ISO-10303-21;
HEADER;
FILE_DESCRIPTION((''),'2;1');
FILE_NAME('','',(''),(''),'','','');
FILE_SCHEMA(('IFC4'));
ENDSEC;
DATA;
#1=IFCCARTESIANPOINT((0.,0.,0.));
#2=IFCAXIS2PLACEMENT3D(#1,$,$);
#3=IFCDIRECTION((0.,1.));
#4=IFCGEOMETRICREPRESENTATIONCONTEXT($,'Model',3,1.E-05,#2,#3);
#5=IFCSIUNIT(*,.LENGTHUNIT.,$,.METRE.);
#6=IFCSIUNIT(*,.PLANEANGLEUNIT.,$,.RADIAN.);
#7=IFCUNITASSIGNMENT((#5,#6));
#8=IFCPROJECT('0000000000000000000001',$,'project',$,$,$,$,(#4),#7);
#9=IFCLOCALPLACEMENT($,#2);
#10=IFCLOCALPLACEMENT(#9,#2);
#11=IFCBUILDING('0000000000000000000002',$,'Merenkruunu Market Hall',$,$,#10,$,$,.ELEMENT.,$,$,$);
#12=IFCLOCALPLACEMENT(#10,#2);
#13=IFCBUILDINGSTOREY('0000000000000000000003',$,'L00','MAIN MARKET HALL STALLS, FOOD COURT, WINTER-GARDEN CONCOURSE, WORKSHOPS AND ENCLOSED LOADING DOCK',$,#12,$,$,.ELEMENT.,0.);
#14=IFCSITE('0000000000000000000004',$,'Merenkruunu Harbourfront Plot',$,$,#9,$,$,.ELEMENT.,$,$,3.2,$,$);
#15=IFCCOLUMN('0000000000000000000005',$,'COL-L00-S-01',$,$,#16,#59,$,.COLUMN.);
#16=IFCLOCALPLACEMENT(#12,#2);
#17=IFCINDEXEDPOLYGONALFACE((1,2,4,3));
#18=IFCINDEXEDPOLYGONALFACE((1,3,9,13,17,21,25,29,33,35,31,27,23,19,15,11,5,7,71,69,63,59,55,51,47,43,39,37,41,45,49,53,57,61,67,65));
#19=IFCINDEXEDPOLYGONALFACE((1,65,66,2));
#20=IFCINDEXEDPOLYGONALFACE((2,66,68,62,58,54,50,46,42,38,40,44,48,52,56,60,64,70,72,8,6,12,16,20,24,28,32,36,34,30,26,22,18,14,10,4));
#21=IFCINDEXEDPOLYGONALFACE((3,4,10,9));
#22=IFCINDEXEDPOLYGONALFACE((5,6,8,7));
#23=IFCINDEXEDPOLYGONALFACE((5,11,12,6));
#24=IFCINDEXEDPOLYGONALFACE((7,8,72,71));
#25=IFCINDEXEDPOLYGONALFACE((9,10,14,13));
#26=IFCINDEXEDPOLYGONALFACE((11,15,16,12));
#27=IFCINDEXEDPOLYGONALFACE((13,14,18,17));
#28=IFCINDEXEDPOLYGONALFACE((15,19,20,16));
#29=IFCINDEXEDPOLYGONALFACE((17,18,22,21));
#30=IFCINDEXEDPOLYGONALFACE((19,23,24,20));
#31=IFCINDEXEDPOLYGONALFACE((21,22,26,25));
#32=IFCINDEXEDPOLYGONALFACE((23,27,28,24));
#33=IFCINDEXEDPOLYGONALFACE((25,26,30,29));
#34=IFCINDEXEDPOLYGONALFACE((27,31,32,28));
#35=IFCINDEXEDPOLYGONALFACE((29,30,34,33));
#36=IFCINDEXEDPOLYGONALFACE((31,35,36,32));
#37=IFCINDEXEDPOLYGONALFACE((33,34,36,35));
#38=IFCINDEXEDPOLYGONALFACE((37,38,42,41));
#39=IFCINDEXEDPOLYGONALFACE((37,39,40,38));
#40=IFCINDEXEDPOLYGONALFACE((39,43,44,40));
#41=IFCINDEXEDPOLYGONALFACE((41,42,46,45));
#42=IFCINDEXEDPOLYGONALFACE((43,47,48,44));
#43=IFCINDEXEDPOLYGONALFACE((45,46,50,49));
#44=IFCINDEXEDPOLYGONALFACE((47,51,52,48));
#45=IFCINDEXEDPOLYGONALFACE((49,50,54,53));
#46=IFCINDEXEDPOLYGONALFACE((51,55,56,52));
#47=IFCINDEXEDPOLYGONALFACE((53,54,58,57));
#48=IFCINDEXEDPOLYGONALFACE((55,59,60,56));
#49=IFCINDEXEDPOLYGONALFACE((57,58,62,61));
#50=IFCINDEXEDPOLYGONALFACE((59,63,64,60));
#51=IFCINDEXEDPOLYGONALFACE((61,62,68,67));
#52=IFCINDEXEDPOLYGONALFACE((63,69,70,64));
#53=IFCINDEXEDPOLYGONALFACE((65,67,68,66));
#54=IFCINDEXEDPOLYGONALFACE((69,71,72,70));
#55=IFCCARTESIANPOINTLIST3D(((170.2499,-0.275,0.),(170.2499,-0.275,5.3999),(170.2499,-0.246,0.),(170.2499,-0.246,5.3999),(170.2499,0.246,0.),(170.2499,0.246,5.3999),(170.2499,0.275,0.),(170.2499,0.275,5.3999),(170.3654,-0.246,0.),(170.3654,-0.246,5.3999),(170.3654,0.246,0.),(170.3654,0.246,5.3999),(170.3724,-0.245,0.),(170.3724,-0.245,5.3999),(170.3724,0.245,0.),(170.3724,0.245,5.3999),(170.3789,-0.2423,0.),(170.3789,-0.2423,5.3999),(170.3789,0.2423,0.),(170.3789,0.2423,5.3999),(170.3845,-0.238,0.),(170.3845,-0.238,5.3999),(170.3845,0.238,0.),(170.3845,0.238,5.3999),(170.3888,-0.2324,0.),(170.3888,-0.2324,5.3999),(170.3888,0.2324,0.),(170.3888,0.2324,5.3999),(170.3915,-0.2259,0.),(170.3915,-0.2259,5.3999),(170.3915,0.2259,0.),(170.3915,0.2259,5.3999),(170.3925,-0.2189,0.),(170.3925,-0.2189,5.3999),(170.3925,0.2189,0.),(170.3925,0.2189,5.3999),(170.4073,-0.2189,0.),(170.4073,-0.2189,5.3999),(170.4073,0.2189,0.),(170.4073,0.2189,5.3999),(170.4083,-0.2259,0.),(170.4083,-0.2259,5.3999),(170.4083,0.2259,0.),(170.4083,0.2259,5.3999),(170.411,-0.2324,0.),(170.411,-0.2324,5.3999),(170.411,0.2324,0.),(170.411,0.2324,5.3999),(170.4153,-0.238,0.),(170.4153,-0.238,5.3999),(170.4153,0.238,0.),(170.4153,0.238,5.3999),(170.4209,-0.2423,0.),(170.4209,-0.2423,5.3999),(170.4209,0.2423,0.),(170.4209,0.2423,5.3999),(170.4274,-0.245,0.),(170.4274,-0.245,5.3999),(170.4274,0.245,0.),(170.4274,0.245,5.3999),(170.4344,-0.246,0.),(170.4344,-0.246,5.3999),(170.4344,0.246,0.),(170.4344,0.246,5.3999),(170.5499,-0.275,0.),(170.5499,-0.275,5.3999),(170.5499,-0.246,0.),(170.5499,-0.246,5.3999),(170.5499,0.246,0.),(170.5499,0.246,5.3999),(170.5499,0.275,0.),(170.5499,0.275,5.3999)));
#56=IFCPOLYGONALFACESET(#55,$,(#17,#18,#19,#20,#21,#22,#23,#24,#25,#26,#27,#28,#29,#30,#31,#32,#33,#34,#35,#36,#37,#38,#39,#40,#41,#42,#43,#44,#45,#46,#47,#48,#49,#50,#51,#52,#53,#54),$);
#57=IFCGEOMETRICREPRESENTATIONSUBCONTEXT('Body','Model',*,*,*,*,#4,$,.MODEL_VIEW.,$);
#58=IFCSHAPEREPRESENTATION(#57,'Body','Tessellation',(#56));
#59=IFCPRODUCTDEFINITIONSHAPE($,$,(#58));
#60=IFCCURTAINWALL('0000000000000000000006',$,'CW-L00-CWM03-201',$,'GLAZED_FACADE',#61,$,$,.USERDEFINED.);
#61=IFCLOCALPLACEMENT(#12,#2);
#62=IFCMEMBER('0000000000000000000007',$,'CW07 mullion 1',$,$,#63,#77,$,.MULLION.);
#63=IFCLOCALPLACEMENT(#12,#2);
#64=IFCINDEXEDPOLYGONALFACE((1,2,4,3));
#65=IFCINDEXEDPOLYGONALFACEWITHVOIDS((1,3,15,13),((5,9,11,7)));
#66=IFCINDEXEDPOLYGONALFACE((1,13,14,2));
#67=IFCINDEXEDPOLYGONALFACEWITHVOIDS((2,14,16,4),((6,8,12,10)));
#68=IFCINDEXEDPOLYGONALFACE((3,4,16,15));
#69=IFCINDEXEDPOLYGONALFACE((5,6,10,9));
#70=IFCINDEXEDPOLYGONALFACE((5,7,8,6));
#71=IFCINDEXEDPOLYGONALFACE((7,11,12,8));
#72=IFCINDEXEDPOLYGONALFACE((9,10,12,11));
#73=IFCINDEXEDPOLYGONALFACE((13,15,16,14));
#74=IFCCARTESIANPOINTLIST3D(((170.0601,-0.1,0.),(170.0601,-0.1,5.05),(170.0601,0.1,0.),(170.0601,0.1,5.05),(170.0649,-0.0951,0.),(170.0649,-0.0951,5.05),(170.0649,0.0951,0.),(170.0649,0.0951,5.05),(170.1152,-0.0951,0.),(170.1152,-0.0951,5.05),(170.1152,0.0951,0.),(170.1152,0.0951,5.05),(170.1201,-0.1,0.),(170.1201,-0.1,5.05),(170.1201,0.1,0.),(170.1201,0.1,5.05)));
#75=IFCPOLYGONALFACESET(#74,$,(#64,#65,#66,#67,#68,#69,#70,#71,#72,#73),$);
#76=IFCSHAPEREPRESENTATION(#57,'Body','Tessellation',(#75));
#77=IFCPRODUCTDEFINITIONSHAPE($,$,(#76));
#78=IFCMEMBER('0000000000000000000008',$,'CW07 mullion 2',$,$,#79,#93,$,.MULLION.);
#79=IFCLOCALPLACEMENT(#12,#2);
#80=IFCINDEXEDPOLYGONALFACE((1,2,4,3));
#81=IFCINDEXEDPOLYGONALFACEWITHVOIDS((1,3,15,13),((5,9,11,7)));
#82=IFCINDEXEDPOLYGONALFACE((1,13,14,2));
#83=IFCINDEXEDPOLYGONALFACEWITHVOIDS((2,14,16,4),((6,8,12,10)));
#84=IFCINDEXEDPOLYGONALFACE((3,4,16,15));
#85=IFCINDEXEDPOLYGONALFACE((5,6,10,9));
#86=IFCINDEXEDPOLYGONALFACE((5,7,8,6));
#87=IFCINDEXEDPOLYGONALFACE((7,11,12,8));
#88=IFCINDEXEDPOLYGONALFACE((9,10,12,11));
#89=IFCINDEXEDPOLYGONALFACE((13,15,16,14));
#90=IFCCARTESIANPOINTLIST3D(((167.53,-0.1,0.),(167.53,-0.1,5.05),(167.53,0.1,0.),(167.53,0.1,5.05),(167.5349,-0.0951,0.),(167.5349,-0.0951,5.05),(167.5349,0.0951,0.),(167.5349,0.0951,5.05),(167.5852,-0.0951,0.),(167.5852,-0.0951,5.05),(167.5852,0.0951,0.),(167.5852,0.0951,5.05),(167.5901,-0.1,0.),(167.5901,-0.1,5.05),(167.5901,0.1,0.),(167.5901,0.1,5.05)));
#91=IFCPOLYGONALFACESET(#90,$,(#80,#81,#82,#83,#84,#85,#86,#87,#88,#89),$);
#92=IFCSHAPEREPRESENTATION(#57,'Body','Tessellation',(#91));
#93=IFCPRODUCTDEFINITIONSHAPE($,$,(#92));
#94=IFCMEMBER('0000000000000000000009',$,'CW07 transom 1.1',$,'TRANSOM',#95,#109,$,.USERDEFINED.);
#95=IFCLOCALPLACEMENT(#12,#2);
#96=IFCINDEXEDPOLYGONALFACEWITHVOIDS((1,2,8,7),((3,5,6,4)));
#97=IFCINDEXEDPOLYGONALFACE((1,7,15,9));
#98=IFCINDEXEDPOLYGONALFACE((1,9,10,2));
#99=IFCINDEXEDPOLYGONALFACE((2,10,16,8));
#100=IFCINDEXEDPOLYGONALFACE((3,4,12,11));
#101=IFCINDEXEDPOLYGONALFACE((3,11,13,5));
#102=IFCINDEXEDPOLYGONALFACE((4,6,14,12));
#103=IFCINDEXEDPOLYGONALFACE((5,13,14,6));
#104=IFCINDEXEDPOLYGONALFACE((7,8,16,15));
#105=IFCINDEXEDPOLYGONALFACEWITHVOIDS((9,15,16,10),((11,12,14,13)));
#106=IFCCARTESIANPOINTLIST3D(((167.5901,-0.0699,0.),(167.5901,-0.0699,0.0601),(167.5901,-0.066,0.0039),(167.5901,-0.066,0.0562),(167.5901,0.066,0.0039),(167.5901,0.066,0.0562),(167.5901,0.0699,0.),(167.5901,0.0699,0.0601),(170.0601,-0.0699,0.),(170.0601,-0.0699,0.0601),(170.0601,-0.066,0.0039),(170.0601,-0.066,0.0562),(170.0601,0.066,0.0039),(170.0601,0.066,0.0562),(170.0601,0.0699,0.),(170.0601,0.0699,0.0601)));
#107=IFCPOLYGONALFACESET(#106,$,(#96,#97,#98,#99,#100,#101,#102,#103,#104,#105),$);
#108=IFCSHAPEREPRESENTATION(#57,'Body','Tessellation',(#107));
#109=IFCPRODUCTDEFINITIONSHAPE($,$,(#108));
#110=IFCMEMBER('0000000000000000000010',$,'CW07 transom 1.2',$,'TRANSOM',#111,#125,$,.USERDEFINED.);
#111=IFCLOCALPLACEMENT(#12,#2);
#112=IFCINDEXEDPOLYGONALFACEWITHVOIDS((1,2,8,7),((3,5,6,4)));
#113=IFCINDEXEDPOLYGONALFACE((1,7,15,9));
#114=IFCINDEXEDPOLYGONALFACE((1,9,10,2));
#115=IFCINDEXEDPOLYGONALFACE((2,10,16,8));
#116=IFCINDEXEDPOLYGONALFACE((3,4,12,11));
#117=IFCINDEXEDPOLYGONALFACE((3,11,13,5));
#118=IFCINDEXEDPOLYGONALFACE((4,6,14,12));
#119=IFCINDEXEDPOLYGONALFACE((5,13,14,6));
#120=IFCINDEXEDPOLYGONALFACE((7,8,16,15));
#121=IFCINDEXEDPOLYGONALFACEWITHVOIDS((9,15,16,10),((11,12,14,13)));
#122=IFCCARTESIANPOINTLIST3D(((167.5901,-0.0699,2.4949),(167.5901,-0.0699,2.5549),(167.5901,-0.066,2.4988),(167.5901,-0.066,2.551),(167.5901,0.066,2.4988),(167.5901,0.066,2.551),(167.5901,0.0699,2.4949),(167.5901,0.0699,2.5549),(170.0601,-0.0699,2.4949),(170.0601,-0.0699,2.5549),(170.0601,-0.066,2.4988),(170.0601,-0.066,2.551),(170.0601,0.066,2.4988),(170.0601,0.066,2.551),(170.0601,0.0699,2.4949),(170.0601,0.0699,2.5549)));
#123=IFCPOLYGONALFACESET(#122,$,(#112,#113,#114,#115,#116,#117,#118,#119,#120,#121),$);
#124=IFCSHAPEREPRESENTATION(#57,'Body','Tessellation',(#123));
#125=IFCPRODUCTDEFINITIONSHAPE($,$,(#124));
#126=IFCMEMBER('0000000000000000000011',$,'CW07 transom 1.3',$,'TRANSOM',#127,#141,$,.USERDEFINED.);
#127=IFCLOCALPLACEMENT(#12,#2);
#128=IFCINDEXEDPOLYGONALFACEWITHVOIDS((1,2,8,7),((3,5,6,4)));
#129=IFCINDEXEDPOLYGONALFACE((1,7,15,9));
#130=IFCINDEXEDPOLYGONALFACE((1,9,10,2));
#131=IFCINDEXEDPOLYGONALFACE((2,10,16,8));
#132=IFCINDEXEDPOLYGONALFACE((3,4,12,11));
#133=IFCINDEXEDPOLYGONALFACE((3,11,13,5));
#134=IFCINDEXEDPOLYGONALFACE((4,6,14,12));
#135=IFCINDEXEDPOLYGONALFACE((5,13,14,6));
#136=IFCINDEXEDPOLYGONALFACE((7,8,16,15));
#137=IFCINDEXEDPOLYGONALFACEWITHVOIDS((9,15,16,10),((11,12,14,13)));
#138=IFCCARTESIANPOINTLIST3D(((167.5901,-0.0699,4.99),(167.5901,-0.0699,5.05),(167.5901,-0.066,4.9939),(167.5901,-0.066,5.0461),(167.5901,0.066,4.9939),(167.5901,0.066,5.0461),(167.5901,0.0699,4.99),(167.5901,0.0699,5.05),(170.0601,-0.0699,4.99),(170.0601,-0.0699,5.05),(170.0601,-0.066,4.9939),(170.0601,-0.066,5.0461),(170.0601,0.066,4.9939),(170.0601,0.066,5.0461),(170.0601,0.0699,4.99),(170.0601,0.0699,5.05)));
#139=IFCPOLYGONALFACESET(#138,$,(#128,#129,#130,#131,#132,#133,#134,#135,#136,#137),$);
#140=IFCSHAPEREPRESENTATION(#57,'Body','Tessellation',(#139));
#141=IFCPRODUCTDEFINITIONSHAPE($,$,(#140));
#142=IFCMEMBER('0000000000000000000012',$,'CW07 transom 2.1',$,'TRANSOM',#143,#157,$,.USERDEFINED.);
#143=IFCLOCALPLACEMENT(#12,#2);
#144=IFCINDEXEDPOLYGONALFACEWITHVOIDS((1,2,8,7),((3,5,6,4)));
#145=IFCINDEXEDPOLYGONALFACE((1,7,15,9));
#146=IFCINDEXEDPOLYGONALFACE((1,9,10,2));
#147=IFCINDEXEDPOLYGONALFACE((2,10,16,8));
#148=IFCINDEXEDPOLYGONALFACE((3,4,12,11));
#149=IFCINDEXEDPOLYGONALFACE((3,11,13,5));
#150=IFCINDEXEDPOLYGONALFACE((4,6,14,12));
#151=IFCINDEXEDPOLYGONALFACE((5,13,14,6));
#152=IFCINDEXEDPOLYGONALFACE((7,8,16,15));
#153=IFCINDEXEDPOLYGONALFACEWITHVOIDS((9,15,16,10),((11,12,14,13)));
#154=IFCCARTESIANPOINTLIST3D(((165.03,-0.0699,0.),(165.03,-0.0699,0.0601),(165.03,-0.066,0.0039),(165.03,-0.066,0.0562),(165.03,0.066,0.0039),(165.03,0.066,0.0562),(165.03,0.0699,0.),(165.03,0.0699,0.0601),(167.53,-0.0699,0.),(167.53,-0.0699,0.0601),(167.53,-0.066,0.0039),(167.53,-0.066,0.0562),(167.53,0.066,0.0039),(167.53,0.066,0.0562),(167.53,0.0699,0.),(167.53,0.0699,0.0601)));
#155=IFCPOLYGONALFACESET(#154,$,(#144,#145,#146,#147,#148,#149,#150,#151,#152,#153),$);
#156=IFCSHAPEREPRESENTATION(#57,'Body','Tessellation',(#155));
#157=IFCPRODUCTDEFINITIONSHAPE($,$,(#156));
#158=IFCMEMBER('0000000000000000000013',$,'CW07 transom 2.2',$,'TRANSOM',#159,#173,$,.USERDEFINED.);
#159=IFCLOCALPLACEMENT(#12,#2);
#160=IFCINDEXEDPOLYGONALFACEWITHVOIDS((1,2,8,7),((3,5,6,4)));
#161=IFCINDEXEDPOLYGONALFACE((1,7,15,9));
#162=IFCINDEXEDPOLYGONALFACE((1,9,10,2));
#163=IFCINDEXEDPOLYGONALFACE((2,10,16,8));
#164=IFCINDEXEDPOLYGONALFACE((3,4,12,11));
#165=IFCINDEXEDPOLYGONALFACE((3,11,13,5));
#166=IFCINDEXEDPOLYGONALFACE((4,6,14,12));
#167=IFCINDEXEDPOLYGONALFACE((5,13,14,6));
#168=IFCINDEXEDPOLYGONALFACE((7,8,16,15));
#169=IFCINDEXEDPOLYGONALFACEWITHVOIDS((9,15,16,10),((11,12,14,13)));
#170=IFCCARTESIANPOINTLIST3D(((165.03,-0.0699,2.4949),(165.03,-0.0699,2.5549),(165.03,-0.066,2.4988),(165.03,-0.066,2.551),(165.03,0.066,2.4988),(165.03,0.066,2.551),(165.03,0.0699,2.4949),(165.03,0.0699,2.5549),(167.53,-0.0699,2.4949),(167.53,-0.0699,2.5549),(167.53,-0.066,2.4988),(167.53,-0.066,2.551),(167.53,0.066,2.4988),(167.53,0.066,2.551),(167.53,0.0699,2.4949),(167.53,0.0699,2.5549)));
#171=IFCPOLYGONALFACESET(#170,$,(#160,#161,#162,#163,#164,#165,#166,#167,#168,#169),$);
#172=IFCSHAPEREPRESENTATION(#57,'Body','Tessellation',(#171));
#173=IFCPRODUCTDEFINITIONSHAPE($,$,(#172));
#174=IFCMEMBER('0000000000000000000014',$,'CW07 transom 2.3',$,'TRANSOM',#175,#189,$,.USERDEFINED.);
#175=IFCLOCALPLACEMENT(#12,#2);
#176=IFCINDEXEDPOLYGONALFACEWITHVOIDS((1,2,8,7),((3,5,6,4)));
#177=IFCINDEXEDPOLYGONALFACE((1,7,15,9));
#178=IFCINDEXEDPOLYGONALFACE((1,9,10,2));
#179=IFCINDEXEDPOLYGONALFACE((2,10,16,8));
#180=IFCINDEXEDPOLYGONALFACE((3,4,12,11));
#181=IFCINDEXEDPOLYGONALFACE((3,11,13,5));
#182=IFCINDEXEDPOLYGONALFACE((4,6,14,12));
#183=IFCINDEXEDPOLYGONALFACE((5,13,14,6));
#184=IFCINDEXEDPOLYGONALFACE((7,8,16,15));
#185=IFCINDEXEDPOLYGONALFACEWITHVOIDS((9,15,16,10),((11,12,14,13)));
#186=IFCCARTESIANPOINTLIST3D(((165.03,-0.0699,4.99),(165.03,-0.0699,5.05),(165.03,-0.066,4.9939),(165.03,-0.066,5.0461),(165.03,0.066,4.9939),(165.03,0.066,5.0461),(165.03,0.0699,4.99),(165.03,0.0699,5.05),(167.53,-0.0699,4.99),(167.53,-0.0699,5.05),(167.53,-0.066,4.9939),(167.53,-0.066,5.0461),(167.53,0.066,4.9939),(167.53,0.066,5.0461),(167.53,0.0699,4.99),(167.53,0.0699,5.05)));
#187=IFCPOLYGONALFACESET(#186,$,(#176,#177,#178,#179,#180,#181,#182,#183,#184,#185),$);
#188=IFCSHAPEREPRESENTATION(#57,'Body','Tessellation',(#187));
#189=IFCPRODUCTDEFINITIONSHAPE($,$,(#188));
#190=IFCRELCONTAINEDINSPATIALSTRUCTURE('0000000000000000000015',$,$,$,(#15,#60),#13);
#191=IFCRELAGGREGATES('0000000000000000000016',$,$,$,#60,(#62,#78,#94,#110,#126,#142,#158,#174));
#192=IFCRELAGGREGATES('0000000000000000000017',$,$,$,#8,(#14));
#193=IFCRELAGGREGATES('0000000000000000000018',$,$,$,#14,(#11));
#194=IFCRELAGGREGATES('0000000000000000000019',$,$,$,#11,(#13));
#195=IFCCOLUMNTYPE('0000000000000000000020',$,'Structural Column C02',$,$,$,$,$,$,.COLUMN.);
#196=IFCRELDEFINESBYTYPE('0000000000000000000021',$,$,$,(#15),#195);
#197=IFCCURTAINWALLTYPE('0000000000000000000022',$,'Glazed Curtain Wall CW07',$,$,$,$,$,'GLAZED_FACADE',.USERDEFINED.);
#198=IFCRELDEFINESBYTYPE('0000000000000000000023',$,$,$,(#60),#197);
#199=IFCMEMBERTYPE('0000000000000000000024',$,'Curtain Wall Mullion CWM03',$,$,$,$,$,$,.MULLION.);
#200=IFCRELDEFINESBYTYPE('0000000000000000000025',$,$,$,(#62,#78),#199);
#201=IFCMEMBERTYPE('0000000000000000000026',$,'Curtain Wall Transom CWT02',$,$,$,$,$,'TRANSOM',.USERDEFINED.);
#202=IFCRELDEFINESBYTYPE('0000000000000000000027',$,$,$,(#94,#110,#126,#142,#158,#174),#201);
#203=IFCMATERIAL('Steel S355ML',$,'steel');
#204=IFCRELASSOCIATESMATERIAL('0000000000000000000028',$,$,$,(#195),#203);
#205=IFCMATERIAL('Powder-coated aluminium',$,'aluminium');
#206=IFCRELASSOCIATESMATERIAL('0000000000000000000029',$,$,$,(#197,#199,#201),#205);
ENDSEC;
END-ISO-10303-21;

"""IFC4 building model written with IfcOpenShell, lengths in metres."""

from ifc_helpers import new_model, si_unit, direction, frame, origin, origin_2d, place, context, subcontext, project, spatial, hollow_rectangle, i_section, extrude, material, material_profile, profile_set, type_object, element, aggregate, save


model = new_model("IFC4")

# Units and contexts
model_context = context("Model", 3, precision=1e-05, world=origin(), true_north=direction((0.0, 1.0)))
body_context = subcontext(model_context, "Body", "Model", "MODEL_VIEW")
ifc_project = project(units=[si_unit("LENGTHUNIT", "METRE"), si_unit("PLANEANGLEUNIT", "RADIAN")], contexts=[model_context])

# Site, building, storey
site_placement = place(None, origin())
site = spatial("IfcSite", under=ifc_project, at=site_placement, Name="Merenkruunu Harbourfront Plot", CompositionType="ELEMENT", RefElevation=3.2)
building_placement = place(site_placement, origin())
building = spatial("IfcBuilding", under=site, at=building_placement, Name="Merenkruunu Market Hall", CompositionType="ELEMENT")
storey_placement = place(building_placement, origin())
storey = spatial("IfcBuildingStorey", under=building, at=storey_placement, Name="L00", Description="MAIN MARKET HALL STALLS, FOOD COURT, WINTER-GARDEN CONCOURSE, WORKSHOPS AND ENCLOSED LOADING DOCK", CompositionType="ELEMENT", Elevation=0.0)

# Column
ifc_material_1 = material(Name="Steel S355ML", Category="steel")
ifc_material_profile_1 = material_profile(ifc_material_1, i_section(OverallWidth=0.3, OverallDepth=0.55, WebThickness=0.0149, FlangeThickness=0.0291, FilletRadius=0.0271, at=origin_2d()), Name="HEB 550")
ifc_profile_set_1 = profile_set([ifc_material_profile_1], Name="Steel S355ML")
column_type = type_object("IfcColumnType", Name="Structural Column C02", PredefinedType="COLUMN", material=ifc_profile_set_1)
column_placement = place(storey_placement, frame((170.3999, 0.0, 0.0), z_axis=(0.0, 0.0, 1.0), x_axis=(1.0, 0.0, 0.0)))
element("IfcColumn", 1, at=column_placement, inside=storey, type_object=column_type, Name="COL-L00-S-01", PredefinedType="COLUMN", context=body_context, shape_type="SweptSolid", body=[
    extrude(i_section(OverallWidth=0.3, OverallDepth=0.55, WebThickness=0.0149, FlangeThickness=0.0291, FilletRadius=0.0271, at=origin_2d()), origin(), (0.0, 0.0, 1.0), 5.3999),
])

# Curtain wall, members
ifc_material_2 = material(Name="Powder-coated aluminium", Category="aluminium")
curtain_wall_type = type_object("IfcCurtainWallType", Name="Glazed Curtain Wall CW07", ElementType="GLAZED_FACADE", PredefinedType="USERDEFINED", material=ifc_material_2)
curtain_wall_placement = place(storey_placement, origin())
curtain_wall = element("IfcCurtainWall", 2, at=curtain_wall_placement, inside=storey, type_object=curtain_wall_type, Name="CW-L00-CWM03-201", ObjectType="GLAZED_FACADE", PredefinedType="USERDEFINED")
ifc_material_profile_2 = material_profile(ifc_material_2, hollow_rectangle(XDim=0.0601, YDim=0.2, WallThickness=0.0049, at=origin_2d()), Name="ALU 60x200x5")
ifc_profile_set_2 = profile_set([ifc_material_profile_2], Name="Powder-coated aluminium")
member_type_1 = type_object("IfcMemberType", Name="Curtain Wall Mullion CWM03", PredefinedType="MULLION", material=ifc_profile_set_2)
member_1_placement = place(storey_placement, frame((170.0901, 0.0, 0.0), z_axis=(0.0, 0.0, 1.0), x_axis=(-1.0, 0.0, 0.0)))
member_1 = element("IfcMember", 3, at=member_1_placement, type_object=member_type_1, Name="CW07 mullion 1", PredefinedType="MULLION", context=body_context, shape_type="SweptSolid", body=[
    extrude(hollow_rectangle(XDim=0.0601, YDim=0.2, WallThickness=0.0049, at=origin_2d()), origin(), (0.0, 0.0, 1.0), 5.05),
])
member_2_placement = place(storey_placement, frame((167.5601, 0.0, 0.0), z_axis=(0.0, 0.0, 1.0), x_axis=(-1.0, 0.0, 0.0)))
member_2 = element("IfcMember", 4, at=member_2_placement, type_object=member_type_1, Name="CW07 mullion 2", PredefinedType="MULLION", context=body_context, shape_type="SweptSolid", body=[
    extrude(hollow_rectangle(XDim=0.0601, YDim=0.2, WallThickness=0.0049, at=origin_2d()), origin(), (0.0, 0.0, 1.0), 5.05),
])
ifc_material_profile_3 = material_profile(ifc_material_2, hollow_rectangle(XDim=0.0601, YDim=0.1399, WallThickness=0.0039, at=origin_2d()), Name="ALU 60x140x4")
ifc_profile_set_3 = profile_set([ifc_material_profile_3], Name="Powder-coated aluminium")
member_type_2 = type_object("IfcMemberType", Name="Curtain Wall Transom CWT02", ElementType="TRANSOM", PredefinedType="USERDEFINED", material=ifc_profile_set_3)
member_3_placement = place(storey_placement, frame((170.0601, 0.0, 0.03), z_axis=(-1.0, 0.0, 0.0), x_axis=(0.0, 0.0, 1.0)))
member_3 = element("IfcMember", 5, at=member_3_placement, type_object=member_type_2, Name="CW07 transom 1.1", ObjectType="TRANSOM", PredefinedType="USERDEFINED", context=body_context, shape_type="SweptSolid", body=[
    extrude(hollow_rectangle(XDim=0.0601, YDim=0.1399, WallThickness=0.0039, at=origin_2d()), origin(), (0.0, 0.0, 1.0), 2.47),
])
member_4_placement = place(storey_placement, frame((170.0601, 0.0, 2.5249), z_axis=(-1.0, 0.0, 0.0), x_axis=(0.0, 0.0, 1.0)))
member_4 = element("IfcMember", 6, at=member_4_placement, type_object=member_type_2, Name="CW07 transom 1.2", ObjectType="TRANSOM", PredefinedType="USERDEFINED", context=body_context, shape_type="SweptSolid", body=[
    extrude(hollow_rectangle(XDim=0.0601, YDim=0.1399, WallThickness=0.0039, at=origin_2d()), origin(), (0.0, 0.0, 1.0), 2.47),
])
member_5_placement = place(storey_placement, frame((170.0601, 0.0, 5.02), z_axis=(-1.0, 0.0, 0.0), x_axis=(0.0, 0.0, 1.0)))
member_5 = element("IfcMember", 7, at=member_5_placement, type_object=member_type_2, Name="CW07 transom 1.3", ObjectType="TRANSOM", PredefinedType="USERDEFINED", context=body_context, shape_type="SweptSolid", body=[
    extrude(hollow_rectangle(XDim=0.0601, YDim=0.1399, WallThickness=0.0039, at=origin_2d()), origin(), (0.0, 0.0, 1.0), 2.47),
])
member_6_placement = place(storey_placement, frame((167.53, 0.0, 0.03), z_axis=(-1.0, 0.0, 0.0), x_axis=(0.0, 0.0, 1.0)))
member_6 = element("IfcMember", 8, at=member_6_placement, type_object=member_type_2, Name="CW07 transom 2.1", ObjectType="TRANSOM", PredefinedType="USERDEFINED", context=body_context, shape_type="SweptSolid", body=[
    extrude(hollow_rectangle(XDim=0.0601, YDim=0.1399, WallThickness=0.0039, at=origin_2d()), origin(), (0.0, 0.0, 1.0), 2.5),
])
member_7_placement = place(storey_placement, frame((167.53, 0.0, 2.5249), z_axis=(-1.0, 0.0, 0.0), x_axis=(0.0, 0.0, 1.0)))
member_7 = element("IfcMember", 9, at=member_7_placement, type_object=member_type_2, Name="CW07 transom 2.2", ObjectType="TRANSOM", PredefinedType="USERDEFINED", context=body_context, shape_type="SweptSolid", body=[
    extrude(hollow_rectangle(XDim=0.0601, YDim=0.1399, WallThickness=0.0039, at=origin_2d()), origin(), (0.0, 0.0, 1.0), 2.5),
])
member_8_placement = place(storey_placement, frame((167.53, 0.0, 5.02), z_axis=(-1.0, 0.0, 0.0), x_axis=(0.0, 0.0, 1.0)))
member_8 = element("IfcMember", 10, at=member_8_placement, type_object=member_type_2, Name="CW07 transom 2.3", ObjectType="TRANSOM", PredefinedType="USERDEFINED", context=body_context, shape_type="SweptSolid", body=[
    extrude(hollow_rectangle(XDim=0.0601, YDim=0.1399, WallThickness=0.0039, at=origin_2d()), origin(), (0.0, 0.0, 1.0), 2.5),
])

aggregate(curtain_wall, [member_1, member_2, member_3, member_4, member_5, member_6, member_7, member_8])

save(model, "model.ifc")
